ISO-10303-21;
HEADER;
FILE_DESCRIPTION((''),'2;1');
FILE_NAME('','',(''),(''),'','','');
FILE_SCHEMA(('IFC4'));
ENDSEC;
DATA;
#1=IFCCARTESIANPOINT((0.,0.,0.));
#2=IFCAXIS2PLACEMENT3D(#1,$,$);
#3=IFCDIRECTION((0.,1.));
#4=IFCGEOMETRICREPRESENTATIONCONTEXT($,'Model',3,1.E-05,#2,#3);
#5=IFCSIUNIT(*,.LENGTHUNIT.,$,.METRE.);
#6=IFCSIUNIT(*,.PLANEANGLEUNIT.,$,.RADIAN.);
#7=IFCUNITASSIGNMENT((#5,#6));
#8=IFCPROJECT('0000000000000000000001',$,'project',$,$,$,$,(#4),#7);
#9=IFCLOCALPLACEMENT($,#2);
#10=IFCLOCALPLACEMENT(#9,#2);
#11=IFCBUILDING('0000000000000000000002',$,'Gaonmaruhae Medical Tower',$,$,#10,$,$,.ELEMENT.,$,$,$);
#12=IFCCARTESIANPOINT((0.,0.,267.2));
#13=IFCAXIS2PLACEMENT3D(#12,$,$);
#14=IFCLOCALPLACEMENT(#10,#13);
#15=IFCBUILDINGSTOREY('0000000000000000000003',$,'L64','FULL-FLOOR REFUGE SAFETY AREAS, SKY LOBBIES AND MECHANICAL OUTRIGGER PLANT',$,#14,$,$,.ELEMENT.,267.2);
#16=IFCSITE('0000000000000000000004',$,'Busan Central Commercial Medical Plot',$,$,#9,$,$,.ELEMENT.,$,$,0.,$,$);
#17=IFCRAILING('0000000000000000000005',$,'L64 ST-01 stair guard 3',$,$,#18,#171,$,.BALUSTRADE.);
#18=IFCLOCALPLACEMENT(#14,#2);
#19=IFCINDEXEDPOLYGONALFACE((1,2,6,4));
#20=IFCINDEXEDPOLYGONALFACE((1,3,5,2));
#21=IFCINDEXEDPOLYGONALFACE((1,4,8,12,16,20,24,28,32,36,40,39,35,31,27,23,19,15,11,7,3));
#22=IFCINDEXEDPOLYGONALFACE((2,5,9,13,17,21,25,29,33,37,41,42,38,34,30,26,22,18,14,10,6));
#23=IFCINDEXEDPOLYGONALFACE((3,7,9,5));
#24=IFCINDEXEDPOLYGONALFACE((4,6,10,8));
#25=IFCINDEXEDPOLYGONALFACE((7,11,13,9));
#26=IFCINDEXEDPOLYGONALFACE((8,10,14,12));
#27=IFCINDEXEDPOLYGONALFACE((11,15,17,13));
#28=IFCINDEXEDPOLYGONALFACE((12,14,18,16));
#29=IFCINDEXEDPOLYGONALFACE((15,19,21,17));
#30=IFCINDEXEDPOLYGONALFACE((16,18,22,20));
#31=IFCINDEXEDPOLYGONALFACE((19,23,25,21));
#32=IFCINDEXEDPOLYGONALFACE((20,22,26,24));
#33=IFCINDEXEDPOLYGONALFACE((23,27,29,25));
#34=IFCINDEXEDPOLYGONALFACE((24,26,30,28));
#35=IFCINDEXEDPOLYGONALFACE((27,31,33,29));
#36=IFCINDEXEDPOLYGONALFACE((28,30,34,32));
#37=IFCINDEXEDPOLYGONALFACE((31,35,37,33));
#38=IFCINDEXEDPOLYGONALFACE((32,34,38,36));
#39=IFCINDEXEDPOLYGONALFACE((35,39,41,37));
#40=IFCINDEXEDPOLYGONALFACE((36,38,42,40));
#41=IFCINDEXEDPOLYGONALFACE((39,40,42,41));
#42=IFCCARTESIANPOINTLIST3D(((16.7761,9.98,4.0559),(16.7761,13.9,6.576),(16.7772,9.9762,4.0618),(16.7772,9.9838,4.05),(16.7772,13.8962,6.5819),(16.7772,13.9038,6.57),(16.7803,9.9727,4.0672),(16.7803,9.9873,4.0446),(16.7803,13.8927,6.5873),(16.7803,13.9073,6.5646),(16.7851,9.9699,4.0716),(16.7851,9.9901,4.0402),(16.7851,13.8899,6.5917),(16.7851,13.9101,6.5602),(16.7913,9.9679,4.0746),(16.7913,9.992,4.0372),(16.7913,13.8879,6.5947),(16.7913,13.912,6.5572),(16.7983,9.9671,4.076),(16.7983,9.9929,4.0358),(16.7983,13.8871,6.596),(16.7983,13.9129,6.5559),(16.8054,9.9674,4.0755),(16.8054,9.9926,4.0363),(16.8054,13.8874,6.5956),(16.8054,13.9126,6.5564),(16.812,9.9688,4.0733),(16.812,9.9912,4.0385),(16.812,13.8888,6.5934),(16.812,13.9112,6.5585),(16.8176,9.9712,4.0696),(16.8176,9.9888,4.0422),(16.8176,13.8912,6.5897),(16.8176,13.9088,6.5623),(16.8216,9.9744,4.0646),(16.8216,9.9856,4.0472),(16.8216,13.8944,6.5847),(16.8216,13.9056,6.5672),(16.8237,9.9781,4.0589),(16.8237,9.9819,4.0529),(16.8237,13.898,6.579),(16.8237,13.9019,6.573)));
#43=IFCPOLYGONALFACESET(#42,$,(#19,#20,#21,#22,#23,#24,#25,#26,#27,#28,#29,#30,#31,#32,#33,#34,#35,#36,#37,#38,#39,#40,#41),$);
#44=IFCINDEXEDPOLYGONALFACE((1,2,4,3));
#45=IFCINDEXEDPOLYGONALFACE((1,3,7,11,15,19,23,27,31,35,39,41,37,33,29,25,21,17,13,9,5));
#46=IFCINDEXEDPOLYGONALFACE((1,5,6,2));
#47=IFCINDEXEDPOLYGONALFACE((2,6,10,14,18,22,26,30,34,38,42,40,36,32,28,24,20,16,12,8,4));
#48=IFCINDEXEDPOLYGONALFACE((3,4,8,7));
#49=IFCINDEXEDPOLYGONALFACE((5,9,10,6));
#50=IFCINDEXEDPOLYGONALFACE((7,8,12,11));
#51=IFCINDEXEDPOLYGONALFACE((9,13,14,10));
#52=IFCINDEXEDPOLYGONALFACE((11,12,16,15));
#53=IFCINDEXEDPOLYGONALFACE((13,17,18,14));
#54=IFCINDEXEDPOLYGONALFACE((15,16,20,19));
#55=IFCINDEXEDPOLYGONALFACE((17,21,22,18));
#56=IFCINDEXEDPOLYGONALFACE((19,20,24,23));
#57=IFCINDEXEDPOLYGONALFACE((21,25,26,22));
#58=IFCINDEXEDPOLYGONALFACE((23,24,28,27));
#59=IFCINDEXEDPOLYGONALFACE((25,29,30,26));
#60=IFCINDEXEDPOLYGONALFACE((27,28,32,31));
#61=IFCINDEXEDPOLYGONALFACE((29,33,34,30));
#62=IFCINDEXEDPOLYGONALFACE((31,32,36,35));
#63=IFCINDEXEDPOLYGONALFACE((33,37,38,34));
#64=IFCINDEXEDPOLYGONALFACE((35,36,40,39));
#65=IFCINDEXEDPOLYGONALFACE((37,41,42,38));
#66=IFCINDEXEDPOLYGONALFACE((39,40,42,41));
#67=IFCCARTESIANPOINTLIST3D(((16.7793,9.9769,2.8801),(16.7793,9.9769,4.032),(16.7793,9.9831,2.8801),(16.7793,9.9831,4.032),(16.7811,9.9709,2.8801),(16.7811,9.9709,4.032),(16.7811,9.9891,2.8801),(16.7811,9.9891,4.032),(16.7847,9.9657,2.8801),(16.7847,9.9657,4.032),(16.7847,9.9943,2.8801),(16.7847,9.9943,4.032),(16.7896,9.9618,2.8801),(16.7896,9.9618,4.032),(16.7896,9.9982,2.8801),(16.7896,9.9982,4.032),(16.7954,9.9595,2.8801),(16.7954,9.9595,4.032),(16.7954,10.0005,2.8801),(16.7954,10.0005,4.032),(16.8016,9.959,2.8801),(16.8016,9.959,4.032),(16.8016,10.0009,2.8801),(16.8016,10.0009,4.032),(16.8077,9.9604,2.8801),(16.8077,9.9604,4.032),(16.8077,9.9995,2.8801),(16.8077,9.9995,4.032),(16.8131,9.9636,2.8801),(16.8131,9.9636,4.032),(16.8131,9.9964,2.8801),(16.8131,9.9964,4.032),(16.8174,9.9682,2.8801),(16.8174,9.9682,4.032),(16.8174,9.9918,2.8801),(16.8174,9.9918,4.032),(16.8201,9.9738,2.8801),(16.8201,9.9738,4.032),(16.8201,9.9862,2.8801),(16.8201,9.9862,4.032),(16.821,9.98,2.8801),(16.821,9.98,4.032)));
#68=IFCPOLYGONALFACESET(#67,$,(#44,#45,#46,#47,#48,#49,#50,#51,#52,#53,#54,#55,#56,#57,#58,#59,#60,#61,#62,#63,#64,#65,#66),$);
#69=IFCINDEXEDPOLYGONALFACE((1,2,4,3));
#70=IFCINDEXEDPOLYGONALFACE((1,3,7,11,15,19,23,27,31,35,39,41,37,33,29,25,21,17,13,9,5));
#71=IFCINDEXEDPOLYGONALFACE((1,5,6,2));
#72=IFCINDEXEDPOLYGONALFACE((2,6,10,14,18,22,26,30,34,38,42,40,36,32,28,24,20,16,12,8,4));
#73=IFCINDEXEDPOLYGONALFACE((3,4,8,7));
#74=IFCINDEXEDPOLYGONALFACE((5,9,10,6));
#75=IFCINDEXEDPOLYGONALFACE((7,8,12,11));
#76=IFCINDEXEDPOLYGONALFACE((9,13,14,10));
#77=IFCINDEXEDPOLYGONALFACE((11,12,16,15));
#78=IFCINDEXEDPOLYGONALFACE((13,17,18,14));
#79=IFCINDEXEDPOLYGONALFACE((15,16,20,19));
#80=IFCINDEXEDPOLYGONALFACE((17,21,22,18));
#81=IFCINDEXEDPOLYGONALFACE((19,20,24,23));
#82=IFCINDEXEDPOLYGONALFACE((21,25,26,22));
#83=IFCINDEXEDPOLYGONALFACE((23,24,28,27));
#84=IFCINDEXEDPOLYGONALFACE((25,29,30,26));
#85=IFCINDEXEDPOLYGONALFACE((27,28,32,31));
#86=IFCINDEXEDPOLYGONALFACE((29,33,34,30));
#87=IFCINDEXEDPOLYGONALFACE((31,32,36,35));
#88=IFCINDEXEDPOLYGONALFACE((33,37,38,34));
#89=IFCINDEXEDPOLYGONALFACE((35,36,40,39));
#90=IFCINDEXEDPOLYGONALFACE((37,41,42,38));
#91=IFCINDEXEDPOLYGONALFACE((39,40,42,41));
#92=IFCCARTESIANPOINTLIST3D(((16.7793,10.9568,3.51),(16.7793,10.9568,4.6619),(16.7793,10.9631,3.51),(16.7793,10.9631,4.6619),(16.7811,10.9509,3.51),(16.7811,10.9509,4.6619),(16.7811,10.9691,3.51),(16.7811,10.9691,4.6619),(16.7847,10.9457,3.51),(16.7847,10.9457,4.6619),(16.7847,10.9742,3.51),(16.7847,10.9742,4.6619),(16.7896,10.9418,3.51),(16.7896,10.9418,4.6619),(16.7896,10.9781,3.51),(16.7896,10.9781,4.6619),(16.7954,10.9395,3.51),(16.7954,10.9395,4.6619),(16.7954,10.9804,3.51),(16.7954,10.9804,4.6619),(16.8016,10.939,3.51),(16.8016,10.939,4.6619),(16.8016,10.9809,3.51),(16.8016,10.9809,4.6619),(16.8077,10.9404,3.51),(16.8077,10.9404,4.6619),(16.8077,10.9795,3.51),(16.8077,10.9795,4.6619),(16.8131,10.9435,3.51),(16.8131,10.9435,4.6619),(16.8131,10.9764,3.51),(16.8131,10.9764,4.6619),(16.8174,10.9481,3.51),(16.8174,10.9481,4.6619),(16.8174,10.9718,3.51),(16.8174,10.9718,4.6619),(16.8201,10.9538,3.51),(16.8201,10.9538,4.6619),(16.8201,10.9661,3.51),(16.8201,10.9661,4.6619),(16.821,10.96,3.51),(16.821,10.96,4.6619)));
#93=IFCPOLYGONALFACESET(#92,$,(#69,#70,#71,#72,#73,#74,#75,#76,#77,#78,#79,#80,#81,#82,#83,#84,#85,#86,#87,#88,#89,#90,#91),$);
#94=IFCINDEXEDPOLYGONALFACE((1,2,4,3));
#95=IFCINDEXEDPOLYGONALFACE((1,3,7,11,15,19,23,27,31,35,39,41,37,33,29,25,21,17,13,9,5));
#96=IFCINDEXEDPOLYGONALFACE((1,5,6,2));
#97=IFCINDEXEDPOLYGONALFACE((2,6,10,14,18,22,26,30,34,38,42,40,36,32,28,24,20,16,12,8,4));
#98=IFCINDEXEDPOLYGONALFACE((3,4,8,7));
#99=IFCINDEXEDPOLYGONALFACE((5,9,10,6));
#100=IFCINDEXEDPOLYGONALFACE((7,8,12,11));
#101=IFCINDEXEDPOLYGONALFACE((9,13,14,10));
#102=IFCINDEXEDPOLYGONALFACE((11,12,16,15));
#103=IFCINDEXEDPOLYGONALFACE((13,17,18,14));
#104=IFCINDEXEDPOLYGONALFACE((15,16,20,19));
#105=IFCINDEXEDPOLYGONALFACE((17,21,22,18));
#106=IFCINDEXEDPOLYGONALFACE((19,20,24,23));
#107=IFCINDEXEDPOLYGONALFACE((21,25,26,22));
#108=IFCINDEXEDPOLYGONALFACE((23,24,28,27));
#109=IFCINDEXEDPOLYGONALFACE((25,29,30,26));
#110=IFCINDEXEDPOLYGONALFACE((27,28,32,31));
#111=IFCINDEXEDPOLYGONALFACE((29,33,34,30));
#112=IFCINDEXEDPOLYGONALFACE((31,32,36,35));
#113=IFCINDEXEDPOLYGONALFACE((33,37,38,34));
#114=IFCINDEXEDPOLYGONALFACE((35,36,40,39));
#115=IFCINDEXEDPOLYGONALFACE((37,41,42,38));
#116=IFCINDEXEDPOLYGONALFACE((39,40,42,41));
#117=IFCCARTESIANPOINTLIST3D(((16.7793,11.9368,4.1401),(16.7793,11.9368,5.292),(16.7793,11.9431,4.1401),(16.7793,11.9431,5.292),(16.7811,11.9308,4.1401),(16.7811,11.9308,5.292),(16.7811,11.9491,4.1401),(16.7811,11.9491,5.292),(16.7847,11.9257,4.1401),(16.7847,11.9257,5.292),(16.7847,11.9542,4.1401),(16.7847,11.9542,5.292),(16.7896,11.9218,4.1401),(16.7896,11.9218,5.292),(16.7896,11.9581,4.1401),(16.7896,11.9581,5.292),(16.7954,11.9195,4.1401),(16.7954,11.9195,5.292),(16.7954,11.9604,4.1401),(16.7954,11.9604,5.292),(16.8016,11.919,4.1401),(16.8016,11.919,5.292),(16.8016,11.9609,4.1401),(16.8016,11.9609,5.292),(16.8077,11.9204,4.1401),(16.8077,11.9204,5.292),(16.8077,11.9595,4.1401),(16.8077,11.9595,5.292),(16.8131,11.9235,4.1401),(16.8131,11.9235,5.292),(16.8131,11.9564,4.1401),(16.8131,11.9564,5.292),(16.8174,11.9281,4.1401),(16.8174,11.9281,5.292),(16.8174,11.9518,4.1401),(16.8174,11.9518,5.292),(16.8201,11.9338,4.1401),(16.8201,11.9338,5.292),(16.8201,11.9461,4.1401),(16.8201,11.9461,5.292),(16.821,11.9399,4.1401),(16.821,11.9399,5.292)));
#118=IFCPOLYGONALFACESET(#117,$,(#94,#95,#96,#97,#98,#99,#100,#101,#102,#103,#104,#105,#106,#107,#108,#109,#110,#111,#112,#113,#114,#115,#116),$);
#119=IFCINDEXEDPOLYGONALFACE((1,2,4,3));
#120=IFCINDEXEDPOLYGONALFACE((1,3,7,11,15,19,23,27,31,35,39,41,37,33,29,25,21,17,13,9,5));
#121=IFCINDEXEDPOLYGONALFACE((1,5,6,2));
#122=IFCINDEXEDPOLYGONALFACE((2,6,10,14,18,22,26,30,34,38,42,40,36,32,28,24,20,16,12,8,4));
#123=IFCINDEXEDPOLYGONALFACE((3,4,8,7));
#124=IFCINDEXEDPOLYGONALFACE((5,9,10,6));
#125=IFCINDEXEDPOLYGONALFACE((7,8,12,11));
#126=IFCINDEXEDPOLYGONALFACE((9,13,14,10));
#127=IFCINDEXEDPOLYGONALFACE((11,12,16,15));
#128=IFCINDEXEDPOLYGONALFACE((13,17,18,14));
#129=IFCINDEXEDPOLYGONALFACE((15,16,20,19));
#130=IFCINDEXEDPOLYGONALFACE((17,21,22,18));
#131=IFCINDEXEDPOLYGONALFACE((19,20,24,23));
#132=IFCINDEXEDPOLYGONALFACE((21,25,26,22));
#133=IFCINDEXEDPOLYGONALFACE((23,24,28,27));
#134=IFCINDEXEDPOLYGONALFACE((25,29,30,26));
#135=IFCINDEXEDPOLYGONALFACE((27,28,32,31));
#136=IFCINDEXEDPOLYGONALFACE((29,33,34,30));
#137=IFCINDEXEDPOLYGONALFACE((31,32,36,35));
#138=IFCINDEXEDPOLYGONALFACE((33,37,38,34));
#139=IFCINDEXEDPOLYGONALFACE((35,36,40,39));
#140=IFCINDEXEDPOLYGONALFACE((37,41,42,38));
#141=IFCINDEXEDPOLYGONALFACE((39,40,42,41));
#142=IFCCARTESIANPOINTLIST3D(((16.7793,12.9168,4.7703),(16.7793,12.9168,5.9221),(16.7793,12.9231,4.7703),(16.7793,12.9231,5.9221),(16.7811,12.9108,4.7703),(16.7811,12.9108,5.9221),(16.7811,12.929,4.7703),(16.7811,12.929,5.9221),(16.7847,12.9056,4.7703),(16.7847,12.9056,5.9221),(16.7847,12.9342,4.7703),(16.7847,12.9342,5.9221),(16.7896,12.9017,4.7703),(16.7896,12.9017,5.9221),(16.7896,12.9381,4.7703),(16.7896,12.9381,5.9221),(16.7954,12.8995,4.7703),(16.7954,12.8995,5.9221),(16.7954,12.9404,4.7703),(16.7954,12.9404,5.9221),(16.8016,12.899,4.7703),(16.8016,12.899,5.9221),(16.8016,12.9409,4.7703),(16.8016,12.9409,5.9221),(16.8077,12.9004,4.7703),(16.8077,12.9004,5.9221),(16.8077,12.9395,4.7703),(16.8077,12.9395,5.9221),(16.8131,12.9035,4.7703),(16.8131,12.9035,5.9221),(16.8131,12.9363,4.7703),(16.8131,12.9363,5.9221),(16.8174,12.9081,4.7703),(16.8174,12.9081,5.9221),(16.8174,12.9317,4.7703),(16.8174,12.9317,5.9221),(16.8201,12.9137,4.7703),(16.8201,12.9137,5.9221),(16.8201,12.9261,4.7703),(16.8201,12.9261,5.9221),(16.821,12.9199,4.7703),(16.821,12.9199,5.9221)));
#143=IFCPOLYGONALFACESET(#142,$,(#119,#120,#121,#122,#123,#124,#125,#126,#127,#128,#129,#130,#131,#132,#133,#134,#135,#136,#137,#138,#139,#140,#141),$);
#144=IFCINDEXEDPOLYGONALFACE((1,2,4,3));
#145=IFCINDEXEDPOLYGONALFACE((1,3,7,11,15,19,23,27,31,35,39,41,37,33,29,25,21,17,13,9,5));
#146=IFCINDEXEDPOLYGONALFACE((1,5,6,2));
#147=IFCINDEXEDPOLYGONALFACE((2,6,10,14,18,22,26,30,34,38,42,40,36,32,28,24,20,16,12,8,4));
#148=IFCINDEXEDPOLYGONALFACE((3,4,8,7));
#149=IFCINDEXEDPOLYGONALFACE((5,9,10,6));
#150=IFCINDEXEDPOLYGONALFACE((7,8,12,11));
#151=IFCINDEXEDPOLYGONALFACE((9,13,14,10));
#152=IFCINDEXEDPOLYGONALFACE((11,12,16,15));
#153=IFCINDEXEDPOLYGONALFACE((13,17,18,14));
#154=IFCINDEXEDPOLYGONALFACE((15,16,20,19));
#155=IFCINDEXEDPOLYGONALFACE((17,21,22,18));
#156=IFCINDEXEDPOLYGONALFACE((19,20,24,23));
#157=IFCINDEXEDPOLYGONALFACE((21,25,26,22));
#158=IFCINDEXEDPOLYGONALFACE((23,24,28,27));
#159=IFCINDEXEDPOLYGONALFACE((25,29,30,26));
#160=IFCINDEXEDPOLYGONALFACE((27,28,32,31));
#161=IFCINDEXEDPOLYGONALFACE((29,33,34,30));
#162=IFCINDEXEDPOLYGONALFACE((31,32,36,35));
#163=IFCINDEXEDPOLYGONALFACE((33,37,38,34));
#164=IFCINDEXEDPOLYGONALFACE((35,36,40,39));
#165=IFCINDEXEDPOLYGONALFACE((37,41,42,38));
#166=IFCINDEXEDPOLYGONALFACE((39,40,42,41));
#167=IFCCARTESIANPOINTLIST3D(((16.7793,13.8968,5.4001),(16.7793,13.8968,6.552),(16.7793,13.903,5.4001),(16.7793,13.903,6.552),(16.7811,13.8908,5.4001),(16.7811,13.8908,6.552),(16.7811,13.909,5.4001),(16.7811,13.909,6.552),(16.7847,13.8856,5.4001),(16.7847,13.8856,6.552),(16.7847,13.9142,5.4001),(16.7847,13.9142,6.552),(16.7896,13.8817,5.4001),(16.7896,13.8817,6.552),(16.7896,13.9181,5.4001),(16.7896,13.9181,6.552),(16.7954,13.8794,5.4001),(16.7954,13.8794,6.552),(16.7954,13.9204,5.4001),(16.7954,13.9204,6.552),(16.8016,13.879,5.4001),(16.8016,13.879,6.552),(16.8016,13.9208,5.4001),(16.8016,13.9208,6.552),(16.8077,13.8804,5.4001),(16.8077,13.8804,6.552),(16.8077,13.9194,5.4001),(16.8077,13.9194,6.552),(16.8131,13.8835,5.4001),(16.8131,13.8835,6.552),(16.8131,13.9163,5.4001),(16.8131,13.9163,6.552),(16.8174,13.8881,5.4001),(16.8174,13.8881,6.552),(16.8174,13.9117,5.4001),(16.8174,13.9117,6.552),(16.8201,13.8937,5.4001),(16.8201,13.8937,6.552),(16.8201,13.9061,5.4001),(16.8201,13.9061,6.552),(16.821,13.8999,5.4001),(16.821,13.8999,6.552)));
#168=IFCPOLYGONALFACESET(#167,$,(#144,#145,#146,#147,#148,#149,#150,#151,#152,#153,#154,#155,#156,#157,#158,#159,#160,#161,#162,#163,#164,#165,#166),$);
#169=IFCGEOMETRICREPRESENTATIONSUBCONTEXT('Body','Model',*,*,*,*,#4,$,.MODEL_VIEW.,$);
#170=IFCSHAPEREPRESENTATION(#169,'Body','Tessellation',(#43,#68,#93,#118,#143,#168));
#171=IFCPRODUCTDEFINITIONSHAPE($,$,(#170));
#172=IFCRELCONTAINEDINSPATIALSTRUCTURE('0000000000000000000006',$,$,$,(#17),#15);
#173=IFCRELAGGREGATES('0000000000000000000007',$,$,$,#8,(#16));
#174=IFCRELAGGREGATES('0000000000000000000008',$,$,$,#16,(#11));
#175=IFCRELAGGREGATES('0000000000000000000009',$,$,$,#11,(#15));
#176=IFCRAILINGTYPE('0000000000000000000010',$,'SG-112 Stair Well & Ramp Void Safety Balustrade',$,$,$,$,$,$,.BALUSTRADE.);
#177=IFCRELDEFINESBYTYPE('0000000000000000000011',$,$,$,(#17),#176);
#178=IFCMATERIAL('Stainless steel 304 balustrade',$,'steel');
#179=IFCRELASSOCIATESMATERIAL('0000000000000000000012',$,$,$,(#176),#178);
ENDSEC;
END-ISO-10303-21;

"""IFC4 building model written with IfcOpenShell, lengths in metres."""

from ifc_helpers import new_model, si_unit, direction, frame, origin, origin_2d, place, context, subcontext, project, spatial, circle, extrude, material, type_object, element, save


model = new_model("IFC4")

# Units and contexts
model_context = context("Model", 3, precision=1e-05, world=origin(), true_north=direction((0.0, 1.0)))
body_context = subcontext(model_context, "Body", "Model", "MODEL_VIEW")
ifc_project = project(units=[si_unit("LENGTHUNIT", "METRE"), si_unit("PLANEANGLEUNIT", "RADIAN")], contexts=[model_context])

# Site, building, storey
site_placement = place(None, origin())
site = spatial("IfcSite", under=ifc_project, at=site_placement, Name="Busan Central Commercial Medical Plot", CompositionType="ELEMENT", RefElevation=0.0)
building_placement = place(site_placement, origin())
building = spatial("IfcBuilding", under=site, at=building_placement, Name="Gaonmaruhae Medical Tower", CompositionType="ELEMENT")
storey_placement = place(building_placement, frame((0.0, 0.0, 267.2)))
storey = spatial("IfcBuildingStorey", under=building, at=storey_placement, Name="L64", Description="FULL-FLOOR REFUGE SAFETY AREAS, SKY LOBBIES AND MECHANICAL OUTRIGGER PLANT", CompositionType="ELEMENT", Elevation=267.2)

# Railing
ifc_material_1 = material(Name="Stainless steel 304 balustrade", Category="steel")
railing_type_1 = type_object("IfcRailingType", Name="SG-112 Stair Well & Ramp Void Safety Balustrade", PredefinedType="BALUSTRADE", material=ifc_material_1)
railing_1_placement = place(storey_placement, frame((16.8, 9.98, 2.8801)))
element("IfcRailing", 1, at=railing_1_placement, inside=storey, type_object=railing_type_1, Name="L64 ST-01 stair guard 3", PredefinedType="BALUSTRADE", context=body_context, shape_type="SweptSolid", body=[
    extrude(circle(Radius=0.0239, at=origin_2d()), frame((0.0, 0.0, 1.1758), z_axis=(0.0, 0.841172, 0.540768), x_axis=(-1.0, 0.0, 0.0)), (0.0, 0.0, 1.0), 4.6602),
    extrude(circle(Radius=0.021, at=origin_2d()), origin(), (0.0, 0.0, 1.0), 1.1519),
    extrude(circle(Radius=0.021, at=origin_2d()), frame((0.0, 0.98, 0.6299)), (0.0, 0.0, 1.0), 1.1519),
    extrude(circle(Radius=0.021, at=origin_2d()), frame((0.0, 1.96, 1.26)), (0.0, 0.0, 1.0), 1.1519),
    extrude(circle(Radius=0.021, at=origin_2d()), frame((0.0, 2.9399, 1.8901)), (0.0, 0.0, 1.0), 1.1519),
    extrude(circle(Radius=0.021, at=origin_2d()), frame((0.0, 3.9199, 2.52)), (0.0, 0.0, 1.0), 1.1519),
])

save(model, "model.ifc")
